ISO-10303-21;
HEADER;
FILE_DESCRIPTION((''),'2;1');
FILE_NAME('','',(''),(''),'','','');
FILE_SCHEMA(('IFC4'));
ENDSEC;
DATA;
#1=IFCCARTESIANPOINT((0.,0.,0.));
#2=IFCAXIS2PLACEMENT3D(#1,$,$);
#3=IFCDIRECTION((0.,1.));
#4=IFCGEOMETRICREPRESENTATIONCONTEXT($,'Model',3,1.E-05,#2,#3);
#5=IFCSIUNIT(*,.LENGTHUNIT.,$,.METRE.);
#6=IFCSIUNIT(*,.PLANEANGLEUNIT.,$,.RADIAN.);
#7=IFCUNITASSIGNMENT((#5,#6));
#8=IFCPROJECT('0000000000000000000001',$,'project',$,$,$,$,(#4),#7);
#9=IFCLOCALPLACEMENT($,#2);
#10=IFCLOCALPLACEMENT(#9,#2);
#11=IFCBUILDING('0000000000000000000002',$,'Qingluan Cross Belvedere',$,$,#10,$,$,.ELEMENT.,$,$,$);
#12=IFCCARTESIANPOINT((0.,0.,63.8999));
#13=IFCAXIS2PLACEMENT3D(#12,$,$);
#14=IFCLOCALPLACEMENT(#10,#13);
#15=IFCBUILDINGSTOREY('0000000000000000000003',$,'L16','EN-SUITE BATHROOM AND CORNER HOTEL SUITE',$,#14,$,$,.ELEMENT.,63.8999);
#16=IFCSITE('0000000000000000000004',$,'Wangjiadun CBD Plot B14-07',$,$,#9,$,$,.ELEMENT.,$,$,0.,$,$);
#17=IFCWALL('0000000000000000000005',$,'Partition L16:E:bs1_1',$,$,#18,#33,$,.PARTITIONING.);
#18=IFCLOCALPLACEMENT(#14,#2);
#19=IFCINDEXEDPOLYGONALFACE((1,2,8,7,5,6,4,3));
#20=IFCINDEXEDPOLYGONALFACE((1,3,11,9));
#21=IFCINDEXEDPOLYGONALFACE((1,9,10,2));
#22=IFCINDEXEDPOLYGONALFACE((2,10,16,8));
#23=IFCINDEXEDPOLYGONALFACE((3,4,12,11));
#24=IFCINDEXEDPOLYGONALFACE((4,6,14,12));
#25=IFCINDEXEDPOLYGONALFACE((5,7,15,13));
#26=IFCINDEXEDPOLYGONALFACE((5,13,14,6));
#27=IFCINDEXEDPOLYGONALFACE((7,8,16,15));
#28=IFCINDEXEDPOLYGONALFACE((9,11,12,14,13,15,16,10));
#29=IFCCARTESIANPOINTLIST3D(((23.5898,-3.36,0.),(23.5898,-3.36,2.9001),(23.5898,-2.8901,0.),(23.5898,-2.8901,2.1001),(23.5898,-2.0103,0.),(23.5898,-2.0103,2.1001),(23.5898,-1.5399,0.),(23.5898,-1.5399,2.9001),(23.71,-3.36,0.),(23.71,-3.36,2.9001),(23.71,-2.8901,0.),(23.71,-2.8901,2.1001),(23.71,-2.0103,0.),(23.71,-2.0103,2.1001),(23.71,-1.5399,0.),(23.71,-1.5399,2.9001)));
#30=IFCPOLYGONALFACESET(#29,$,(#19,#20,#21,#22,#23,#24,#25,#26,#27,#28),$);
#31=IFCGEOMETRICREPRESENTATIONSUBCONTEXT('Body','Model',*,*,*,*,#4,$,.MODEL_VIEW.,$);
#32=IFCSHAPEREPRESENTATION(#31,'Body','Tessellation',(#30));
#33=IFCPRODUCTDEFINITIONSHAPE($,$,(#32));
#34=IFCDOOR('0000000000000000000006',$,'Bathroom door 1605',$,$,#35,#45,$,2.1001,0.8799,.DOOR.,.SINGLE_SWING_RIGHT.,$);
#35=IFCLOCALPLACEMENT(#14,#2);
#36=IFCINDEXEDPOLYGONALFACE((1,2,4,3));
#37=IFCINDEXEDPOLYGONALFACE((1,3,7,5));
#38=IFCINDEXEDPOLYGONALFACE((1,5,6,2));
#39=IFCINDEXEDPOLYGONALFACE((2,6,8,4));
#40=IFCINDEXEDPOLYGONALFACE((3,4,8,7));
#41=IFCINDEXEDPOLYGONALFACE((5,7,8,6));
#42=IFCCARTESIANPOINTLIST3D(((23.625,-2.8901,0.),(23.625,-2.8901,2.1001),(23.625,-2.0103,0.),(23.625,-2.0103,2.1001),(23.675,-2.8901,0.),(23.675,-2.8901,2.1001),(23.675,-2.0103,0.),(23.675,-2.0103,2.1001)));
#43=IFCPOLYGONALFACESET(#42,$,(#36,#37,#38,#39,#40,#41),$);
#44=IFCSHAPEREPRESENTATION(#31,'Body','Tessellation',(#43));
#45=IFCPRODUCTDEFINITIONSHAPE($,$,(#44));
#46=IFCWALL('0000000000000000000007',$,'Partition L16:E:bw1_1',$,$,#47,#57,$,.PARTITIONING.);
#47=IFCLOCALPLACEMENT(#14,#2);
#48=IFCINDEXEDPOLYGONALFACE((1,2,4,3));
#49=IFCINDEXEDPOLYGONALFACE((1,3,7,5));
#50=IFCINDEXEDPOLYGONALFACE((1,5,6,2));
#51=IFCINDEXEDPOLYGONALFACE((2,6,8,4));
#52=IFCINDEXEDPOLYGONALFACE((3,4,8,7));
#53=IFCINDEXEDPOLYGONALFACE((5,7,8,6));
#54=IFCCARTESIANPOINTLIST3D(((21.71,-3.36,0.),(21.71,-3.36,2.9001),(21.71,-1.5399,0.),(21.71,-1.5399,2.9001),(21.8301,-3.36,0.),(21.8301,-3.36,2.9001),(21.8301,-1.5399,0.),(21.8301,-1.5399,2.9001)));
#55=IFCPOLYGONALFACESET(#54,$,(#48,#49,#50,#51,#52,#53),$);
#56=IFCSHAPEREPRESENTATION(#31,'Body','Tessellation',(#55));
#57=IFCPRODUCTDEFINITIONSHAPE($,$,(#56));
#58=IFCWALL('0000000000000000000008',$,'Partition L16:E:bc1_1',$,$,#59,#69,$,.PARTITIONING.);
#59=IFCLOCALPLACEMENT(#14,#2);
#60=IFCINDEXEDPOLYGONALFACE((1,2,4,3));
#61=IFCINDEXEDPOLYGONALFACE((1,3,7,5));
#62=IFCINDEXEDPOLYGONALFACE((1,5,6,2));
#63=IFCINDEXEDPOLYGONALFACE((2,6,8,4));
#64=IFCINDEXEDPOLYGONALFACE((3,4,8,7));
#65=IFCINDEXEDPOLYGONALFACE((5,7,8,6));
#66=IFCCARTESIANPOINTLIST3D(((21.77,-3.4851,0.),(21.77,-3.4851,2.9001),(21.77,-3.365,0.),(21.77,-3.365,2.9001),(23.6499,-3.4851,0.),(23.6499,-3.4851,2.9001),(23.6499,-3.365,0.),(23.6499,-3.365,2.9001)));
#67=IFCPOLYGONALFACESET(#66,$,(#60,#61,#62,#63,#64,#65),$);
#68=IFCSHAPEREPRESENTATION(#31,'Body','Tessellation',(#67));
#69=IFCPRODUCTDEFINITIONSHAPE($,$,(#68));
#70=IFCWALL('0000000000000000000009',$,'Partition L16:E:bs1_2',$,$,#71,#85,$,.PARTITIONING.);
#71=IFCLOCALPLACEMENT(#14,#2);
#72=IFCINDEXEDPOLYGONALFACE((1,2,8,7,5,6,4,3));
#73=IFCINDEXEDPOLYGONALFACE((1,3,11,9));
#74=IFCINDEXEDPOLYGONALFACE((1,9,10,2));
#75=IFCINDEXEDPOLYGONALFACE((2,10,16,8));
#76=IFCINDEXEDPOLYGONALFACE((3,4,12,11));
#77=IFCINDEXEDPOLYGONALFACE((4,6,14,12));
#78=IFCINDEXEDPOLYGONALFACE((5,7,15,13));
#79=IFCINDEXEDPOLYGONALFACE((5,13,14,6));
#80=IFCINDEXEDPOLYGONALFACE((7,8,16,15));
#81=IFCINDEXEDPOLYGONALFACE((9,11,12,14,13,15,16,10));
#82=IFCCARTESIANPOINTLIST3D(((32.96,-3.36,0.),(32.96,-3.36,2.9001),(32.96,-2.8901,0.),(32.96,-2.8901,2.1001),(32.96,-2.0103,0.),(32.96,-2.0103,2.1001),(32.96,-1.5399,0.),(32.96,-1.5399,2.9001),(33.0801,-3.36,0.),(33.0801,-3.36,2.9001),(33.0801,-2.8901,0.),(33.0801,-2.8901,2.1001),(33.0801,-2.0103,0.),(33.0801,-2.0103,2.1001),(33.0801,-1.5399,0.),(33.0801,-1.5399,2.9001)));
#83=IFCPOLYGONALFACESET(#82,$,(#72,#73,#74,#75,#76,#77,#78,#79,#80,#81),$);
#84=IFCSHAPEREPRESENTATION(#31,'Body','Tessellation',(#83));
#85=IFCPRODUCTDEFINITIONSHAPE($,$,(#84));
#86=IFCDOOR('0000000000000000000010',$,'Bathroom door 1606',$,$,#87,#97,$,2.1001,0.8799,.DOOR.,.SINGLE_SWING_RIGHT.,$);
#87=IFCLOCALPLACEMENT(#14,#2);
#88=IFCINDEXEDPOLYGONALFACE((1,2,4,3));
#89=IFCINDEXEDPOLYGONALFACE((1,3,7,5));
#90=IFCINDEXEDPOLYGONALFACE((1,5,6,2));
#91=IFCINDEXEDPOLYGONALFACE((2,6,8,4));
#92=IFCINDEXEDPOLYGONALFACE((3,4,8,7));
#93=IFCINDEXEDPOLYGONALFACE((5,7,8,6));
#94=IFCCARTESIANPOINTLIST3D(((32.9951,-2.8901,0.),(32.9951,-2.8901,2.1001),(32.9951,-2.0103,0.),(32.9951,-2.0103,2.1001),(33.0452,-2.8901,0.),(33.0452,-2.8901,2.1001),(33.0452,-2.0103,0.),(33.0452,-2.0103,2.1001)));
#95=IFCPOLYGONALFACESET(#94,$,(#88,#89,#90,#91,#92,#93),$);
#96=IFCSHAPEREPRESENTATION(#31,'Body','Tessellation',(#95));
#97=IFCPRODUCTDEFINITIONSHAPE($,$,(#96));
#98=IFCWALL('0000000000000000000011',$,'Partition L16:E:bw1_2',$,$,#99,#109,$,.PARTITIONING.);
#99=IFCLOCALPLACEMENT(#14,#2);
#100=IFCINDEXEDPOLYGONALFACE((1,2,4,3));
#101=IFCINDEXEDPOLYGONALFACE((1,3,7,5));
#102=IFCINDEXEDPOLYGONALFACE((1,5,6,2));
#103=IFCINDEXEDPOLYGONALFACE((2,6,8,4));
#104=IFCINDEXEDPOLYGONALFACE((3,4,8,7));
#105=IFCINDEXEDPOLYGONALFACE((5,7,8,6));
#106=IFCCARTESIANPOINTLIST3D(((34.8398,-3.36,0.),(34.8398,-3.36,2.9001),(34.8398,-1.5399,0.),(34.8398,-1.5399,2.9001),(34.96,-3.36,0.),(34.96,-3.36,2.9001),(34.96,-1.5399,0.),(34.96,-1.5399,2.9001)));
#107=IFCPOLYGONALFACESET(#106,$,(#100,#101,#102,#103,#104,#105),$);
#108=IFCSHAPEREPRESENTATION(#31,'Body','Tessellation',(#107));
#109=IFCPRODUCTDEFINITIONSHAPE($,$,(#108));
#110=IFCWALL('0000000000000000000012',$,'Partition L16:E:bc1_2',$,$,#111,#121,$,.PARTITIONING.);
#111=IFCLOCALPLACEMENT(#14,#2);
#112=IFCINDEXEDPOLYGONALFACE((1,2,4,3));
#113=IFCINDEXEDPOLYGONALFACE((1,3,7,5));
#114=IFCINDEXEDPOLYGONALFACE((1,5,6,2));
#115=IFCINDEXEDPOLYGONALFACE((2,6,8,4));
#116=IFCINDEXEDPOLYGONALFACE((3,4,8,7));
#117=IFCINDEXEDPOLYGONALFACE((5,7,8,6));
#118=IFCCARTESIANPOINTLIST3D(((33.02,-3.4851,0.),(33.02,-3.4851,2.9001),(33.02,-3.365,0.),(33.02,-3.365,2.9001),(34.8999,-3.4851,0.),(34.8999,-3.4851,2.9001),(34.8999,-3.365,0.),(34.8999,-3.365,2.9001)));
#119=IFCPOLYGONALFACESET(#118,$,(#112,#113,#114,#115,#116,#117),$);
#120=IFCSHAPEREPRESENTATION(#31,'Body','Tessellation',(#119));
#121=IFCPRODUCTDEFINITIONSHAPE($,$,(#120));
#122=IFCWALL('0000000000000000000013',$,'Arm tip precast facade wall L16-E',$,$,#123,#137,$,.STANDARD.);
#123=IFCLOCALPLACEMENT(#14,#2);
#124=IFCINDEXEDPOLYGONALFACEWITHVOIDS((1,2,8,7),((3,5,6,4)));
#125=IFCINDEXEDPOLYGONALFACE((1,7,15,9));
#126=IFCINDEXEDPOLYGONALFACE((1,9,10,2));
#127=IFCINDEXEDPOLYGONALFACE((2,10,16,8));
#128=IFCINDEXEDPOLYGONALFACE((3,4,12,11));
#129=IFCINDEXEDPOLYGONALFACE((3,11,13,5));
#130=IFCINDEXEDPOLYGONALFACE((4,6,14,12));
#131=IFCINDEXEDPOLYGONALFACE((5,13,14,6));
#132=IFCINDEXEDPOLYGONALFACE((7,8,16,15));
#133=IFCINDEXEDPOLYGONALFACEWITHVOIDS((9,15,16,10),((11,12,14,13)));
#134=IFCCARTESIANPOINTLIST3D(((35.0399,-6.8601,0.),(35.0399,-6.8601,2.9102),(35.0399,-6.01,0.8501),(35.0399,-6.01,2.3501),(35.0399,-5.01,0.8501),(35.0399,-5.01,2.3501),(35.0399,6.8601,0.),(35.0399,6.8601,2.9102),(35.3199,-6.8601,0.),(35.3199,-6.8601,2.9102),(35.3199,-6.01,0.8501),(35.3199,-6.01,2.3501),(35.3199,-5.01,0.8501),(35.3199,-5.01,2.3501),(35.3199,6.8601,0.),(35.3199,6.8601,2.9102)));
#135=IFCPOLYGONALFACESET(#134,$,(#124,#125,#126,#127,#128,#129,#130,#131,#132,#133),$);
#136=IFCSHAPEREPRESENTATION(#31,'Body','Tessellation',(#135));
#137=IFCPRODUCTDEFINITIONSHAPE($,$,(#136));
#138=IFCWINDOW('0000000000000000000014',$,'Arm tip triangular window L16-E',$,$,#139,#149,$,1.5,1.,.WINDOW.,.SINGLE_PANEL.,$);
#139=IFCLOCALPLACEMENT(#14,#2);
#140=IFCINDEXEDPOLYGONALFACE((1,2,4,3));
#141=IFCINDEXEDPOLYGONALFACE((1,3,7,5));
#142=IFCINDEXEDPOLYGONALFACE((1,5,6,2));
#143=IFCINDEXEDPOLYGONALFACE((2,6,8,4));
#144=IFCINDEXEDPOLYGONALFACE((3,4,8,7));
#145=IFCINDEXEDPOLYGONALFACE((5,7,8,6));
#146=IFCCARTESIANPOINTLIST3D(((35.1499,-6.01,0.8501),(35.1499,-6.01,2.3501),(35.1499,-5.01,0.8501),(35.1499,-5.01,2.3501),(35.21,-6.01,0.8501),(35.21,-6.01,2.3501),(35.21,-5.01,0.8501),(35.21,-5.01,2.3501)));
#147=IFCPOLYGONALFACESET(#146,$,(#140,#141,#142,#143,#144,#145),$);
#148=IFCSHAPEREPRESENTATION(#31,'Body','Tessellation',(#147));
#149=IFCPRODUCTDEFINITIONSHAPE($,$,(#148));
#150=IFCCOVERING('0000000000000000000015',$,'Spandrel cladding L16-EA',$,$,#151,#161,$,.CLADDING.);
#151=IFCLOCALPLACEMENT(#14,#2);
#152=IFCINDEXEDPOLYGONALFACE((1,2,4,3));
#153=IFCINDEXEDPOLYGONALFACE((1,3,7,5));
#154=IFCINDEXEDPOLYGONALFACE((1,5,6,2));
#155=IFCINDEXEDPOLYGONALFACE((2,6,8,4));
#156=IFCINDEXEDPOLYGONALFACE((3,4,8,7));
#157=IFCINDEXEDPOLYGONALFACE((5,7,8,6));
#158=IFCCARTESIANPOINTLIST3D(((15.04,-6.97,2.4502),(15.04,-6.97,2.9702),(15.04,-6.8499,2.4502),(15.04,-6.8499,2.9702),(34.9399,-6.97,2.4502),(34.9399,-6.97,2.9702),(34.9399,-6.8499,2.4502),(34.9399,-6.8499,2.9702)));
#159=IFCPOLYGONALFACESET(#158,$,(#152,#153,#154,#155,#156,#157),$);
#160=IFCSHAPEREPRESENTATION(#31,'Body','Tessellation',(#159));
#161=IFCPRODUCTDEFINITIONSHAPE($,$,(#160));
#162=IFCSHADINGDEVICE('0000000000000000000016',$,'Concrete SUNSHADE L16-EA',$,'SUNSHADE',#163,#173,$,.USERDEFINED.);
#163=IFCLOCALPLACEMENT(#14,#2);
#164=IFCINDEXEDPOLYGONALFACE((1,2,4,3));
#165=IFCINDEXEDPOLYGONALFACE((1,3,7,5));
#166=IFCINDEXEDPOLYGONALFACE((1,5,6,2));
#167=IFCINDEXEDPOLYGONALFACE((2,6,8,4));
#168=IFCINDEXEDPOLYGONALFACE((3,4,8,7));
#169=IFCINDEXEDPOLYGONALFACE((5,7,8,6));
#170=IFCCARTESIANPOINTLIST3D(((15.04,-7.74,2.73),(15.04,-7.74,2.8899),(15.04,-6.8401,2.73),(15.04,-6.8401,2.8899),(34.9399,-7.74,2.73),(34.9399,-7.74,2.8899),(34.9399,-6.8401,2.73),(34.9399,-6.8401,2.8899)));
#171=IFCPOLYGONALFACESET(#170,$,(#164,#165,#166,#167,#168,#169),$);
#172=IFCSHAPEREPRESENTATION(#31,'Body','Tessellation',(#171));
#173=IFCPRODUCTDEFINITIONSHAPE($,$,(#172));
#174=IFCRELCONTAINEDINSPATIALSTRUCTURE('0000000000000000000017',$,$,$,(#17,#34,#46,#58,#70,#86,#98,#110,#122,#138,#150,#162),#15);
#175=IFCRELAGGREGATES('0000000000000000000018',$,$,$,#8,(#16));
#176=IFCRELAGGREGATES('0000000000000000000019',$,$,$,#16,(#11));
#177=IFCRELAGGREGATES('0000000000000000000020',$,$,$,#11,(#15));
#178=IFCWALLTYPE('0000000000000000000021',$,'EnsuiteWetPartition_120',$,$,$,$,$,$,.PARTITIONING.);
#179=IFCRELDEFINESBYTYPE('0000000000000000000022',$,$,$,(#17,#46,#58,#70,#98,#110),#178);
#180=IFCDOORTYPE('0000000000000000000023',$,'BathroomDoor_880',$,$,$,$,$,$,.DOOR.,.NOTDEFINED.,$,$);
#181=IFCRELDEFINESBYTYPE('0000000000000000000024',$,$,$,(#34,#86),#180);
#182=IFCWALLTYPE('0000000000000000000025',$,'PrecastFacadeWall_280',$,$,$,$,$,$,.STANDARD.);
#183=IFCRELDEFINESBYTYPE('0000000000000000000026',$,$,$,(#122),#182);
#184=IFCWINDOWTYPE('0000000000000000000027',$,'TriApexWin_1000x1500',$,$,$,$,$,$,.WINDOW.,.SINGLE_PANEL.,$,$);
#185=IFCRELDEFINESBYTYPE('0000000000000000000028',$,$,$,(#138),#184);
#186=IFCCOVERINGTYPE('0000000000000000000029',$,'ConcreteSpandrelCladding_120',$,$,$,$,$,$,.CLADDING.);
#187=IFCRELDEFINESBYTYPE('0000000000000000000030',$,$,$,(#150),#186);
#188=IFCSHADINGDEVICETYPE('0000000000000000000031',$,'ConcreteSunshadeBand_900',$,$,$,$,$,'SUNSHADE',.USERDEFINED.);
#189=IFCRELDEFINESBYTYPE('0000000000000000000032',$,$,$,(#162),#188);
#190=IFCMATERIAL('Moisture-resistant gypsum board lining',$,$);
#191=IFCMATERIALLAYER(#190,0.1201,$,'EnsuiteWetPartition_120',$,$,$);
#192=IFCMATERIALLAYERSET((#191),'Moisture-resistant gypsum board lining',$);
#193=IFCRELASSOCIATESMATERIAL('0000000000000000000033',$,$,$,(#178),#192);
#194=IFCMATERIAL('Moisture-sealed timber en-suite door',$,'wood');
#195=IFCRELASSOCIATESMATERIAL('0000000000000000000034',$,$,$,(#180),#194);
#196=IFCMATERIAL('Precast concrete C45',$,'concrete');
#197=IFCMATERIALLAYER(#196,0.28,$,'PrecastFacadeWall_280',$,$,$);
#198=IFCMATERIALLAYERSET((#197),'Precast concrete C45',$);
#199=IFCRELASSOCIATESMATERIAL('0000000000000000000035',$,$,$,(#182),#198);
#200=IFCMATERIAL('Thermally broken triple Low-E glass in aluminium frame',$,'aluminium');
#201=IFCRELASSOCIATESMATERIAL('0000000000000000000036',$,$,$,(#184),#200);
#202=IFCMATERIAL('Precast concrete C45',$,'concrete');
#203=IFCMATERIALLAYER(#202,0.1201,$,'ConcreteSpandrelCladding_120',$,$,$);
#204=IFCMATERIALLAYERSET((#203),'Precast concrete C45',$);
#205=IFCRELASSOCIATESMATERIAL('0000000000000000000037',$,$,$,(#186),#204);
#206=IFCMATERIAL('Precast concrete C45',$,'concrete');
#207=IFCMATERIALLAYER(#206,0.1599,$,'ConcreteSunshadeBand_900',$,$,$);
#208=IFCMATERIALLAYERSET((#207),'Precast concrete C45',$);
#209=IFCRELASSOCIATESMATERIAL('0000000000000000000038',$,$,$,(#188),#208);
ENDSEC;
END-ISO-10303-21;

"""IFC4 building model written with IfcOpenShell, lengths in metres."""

from ifc_helpers import new_model, si_unit, direction, frame, frame_2d, origin, origin_2d, place, context, subcontext, project, spatial, rectangle, extrude, material, layer, layer_set, type_object, element, fill, save


model = new_model("IFC4")

# Units and contexts
model_context = context("Model", 3, precision=1e-05, world=origin(), true_north=direction((0.0, 1.0)))
body_context = subcontext(model_context, "Body", "Model", "MODEL_VIEW")
ifc_project = project(units=[si_unit("LENGTHUNIT", "METRE"), si_unit("PLANEANGLEUNIT", "RADIAN")], contexts=[model_context])

# Site, building, storey
site_placement = place(None, origin())
site = spatial("IfcSite", under=ifc_project, at=site_placement, Name="Wangjiadun CBD Plot B14-07", CompositionType="ELEMENT", RefElevation=0.0)
building_placement = place(site_placement, origin())
building = spatial("IfcBuilding", under=site, at=building_placement, Name="Qingluan Cross Belvedere", CompositionType="ELEMENT")
storey_placement = place(building_placement, frame((0.0, 0.0, 63.8999)))
storey = spatial("IfcBuildingStorey", under=building, at=storey_placement, Name="L16", Description="EN-SUITE BATHROOM AND CORNER HOTEL SUITE", CompositionType="ELEMENT", Elevation=63.8999)

# Wall, opening, door
ifc_material_1 = material(Name="Moisture-resistant gypsum board lining")
ifc_layer_1 = layer(ifc_material_1, 0.1201, Name="EnsuiteWetPartition_120")
ifc_layer_set_1 = layer_set([ifc_layer_1], Name="Moisture-resistant gypsum board lining")
wall_type_1 = type_object("IfcWallType", Name="EnsuiteWetPartition_120", PredefinedType="PARTITIONING", material=ifc_layer_set_1)
ifc_material_2 = material(Name="Moisture-sealed timber en-suite door", Category="wood")
door_type = type_object("IfcDoorType", Name="BathroomDoor_880", OperationType="NOTDEFINED", PredefinedType="DOOR", material=ifc_material_2)
wall_1_placement = place(storey_placement, frame((23.6499, -3.3601, 0.0), z_axis=(0.0, 0.0, 1.0), x_axis=(0.0, 1.0, 0.0)))
wall_1 = element("IfcWall", 1, at=wall_1_placement, inside=storey, type_object=wall_type_1, Name="Partition L16:E:bs1_1", PredefinedType="PARTITIONING", context=body_context, shape_type="SweptSolid", body=[
    extrude(rectangle(XDim=1.8201, YDim=0.1201, at=frame_2d((0.9102, 0.0))), origin(), (0.0, 0.0, 1.0), 2.9001),
])
opening_1_placement = place(wall_1_placement, frame((0.47, 0.0, 0.0)))
opening_1 = element("IfcOpeningElement", 2, at=opening_1_placement, cuts=wall_1, PredefinedType="OPENING", context=body_context, shape_type="SweptSolid", body=[
    extrude(rectangle(XDim=0.8799, YDim=2.1001, at=frame_2d((0.4399, 1.05))), frame((0.0, 0.0701, 0.0), z_axis=(0.0, -1.0, 0.0), x_axis=(1.0, 0.0, 0.0)), (0.0, 0.0, 1.0), 0.1401),
])
door_1_placement = place(opening_1_placement, origin())
door_1 = element("IfcDoor", 3, at=door_1_placement, inside=storey, type_object=door_type, Name="Bathroom door 1605", OperationType="SINGLE_SWING_RIGHT", OverallHeight=2.1001, OverallWidth=0.8799, PredefinedType="DOOR", context=body_context, shape_type="SweptSolid", body=[
    extrude(rectangle(XDim=0.8799, YDim=2.1001, at=frame_2d((0.4399, 1.05))), frame((0.0, 0.0249, 0.0), z_axis=(0.0, -1.0, 0.0), x_axis=(1.0, 0.0, 0.0)), (0.0, 0.0, 1.0), 0.05),
])
fill(opening_1, door_1)

# Walls
wall_2_placement = place(storey_placement, frame((21.77, -3.3601, 0.0), z_axis=(0.0, 0.0, 1.0), x_axis=(0.0, 1.0, 0.0)))
element("IfcWall", 4, at=wall_2_placement, inside=storey, type_object=wall_type_1, Name="Partition L16:E:bw1_1", PredefinedType="PARTITIONING", context=body_context, shape_type="SweptSolid", body=[
    extrude(rectangle(XDim=1.8201, YDim=0.1201, at=frame_2d((0.9102, 0.0))), origin(), (0.0, 0.0, 1.0), 2.9001),
])
wall_3_placement = place(storey_placement, frame((21.77, -3.425, 0.0), z_axis=(0.0, 0.0, 1.0), x_axis=(1.0, 0.0, 0.0)))
element("IfcWall", 5, at=wall_3_placement, inside=storey, type_object=wall_type_1, Name="Partition L16:E:bc1_1", PredefinedType="PARTITIONING", context=body_context, shape_type="SweptSolid", body=[
    extrude(rectangle(XDim=1.8799, YDim=0.1201, at=frame_2d((0.9399, 0.0))), origin(), (0.0, 0.0, 1.0), 2.9001),
])

# Wall, opening, door
wall_4_placement = place(storey_placement, frame((33.02, -3.3601, 0.0), z_axis=(0.0, 0.0, 1.0), x_axis=(0.0, 1.0, 0.0)))
wall_4 = element("IfcWall", 6, at=wall_4_placement, inside=storey, type_object=wall_type_1, Name="Partition L16:E:bs1_2", PredefinedType="PARTITIONING", context=body_context, shape_type="SweptSolid", body=[
    extrude(rectangle(XDim=1.8201, YDim=0.1201, at=frame_2d((0.9102, 0.0))), origin(), (0.0, 0.0, 1.0), 2.9001),
])
opening_2_placement = place(wall_4_placement, frame((0.47, 0.0, 0.0)))
opening_2 = element("IfcOpeningElement", 7, at=opening_2_placement, cuts=wall_4, PredefinedType="OPENING", context=body_context, shape_type="SweptSolid", body=[
    extrude(rectangle(XDim=0.8799, YDim=2.1001, at=frame_2d((0.4399, 1.05))), frame((0.0, 0.0701, 0.0), z_axis=(0.0, -1.0, 0.0), x_axis=(1.0, 0.0, 0.0)), (0.0, 0.0, 1.0), 0.1401),
])
door_2_placement = place(opening_2_placement, origin())
door_2 = element("IfcDoor", 8, at=door_2_placement, inside=storey, type_object=door_type, Name="Bathroom door 1606", OperationType="SINGLE_SWING_RIGHT", OverallHeight=2.1001, OverallWidth=0.8799, PredefinedType="DOOR", context=body_context, shape_type="SweptSolid", body=[
    extrude(rectangle(XDim=0.8799, YDim=2.1001, at=frame_2d((0.4399, 1.05))), frame((0.0, 0.0249, 0.0), z_axis=(0.0, -1.0, 0.0), x_axis=(1.0, 0.0, 0.0)), (0.0, 0.0, 1.0), 0.05),
])
fill(opening_2, door_2)

# Walls
wall_5_placement = place(storey_placement, frame((34.8999, -3.3601, 0.0), z_axis=(0.0, 0.0, 1.0), x_axis=(0.0, 1.0, 0.0)))
element("IfcWall", 9, at=wall_5_placement, inside=storey, type_object=wall_type_1, Name="Partition L16:E:bw1_2", PredefinedType="PARTITIONING", context=body_context, shape_type="SweptSolid", body=[
    extrude(rectangle(XDim=1.8201, YDim=0.1201, at=frame_2d((0.9102, 0.0))), origin(), (0.0, 0.0, 1.0), 2.9001),
])
wall_6_placement = place(storey_placement, frame((33.02, -3.425, 0.0), z_axis=(0.0, 0.0, 1.0), x_axis=(1.0, 0.0, 0.0)))
element("IfcWall", 10, at=wall_6_placement, inside=storey, type_object=wall_type_1, Name="Partition L16:E:bc1_2", PredefinedType="PARTITIONING", context=body_context, shape_type="SweptSolid", body=[
    extrude(rectangle(XDim=1.8799, YDim=0.1201, at=frame_2d((0.9399, 0.0))), origin(), (0.0, 0.0, 1.0), 2.9001),
])

# Wall, opening, window
ifc_material_3 = material(Name="Precast concrete C45", Category="concrete")
ifc_layer_2 = layer(ifc_material_3, 0.28, Name="PrecastFacadeWall_280")
ifc_layer_set_2 = layer_set([ifc_layer_2], Name="Precast concrete C45")
wall_type_2 = type_object("IfcWallType", Name="PrecastFacadeWall_280", PredefinedType="STANDARD", material=ifc_layer_set_2)
wall_7_placement = place(storey_placement, frame((35.1799, -6.8601, 0.0), z_axis=(0.0, 0.0, 1.0), x_axis=(0.0, 1.0, 0.0)))
wall_7 = element("IfcWall", 11, at=wall_7_placement, inside=storey, type_object=wall_type_2, Name="Arm tip precast facade wall L16-E", PredefinedType="STANDARD", context=body_context, shape_type="SweptSolid", body=[
    extrude(rectangle(XDim=13.7202, YDim=0.28, at=frame_2d((6.8601, 0.0))), origin(), (0.0, 0.0, 1.0), 2.9102),
])
opening_3_placement = place(wall_7_placement, frame((0.8501, 0.0, 0.8501)))
opening_3 = element("IfcOpeningElement", 12, at=opening_3_placement, cuts=wall_7, PredefinedType="OPENING", context=body_context, shape_type="SweptSolid", body=[
    extrude(rectangle(XDim=1.0, YDim=1.5, at=frame_2d((0.5, 0.75))), frame((0.0, 0.1499, 0.0), z_axis=(0.0, -1.0, 0.0), x_axis=(1.0, 0.0, 0.0)), (0.0, 0.0, 1.0), 0.3),
])
ifc_material_4 = material(Name="Thermally broken triple Low-E glass in aluminium frame", Category="aluminium")
window_type = type_object("IfcWindowType", Name="TriApexWin_1000x1500", PartitioningType="SINGLE_PANEL", PredefinedType="WINDOW", material=ifc_material_4)
window_placement = place(opening_3_placement, origin())
window = element("IfcWindow", 13, at=window_placement, inside=storey, type_object=window_type, Name="Arm tip triangular window L16-E", OverallHeight=1.5, OverallWidth=1.0, PartitioningType="SINGLE_PANEL", PredefinedType="WINDOW", context=body_context, shape_type="SweptSolid", body=[
    extrude(rectangle(XDim=1.0, YDim=1.5, at=frame_2d((0.5, 0.75))), frame((0.0, 0.03, 0.0), z_axis=(0.0, -1.0, 0.0), x_axis=(1.0, 0.0, 0.0)), (0.0, 0.0, 1.0), 0.0601),
])
fill(opening_3, window)

# Covering
ifc_material_5 = material(Name="Precast concrete C45", Category="concrete")
ifc_layer_3 = layer(ifc_material_5, 0.1201, Name="ConcreteSpandrelCladding_120")
ifc_layer_set_3 = layer_set([ifc_layer_3], Name="Precast concrete C45")
covering_type = type_object("IfcCoveringType", Name="ConcreteSpandrelCladding_120", PredefinedType="CLADDING", material=ifc_layer_set_3)
covering_placement = place(storey_placement, frame((24.99, -6.9099, 2.4502), z_axis=(0.0, 0.0, 1.0), x_axis=(1.0, 0.0, 0.0)))
element("IfcCovering", 14, at=covering_placement, inside=storey, type_object=covering_type, Name="Spandrel cladding L16-EA", PredefinedType="CLADDING", context=body_context, shape_type="SweptSolid", body=[
    extrude(rectangle(XDim=19.8999, YDim=0.1201, at=origin_2d()), origin(), (0.0, 0.0, 1.0), 0.52),
])

# Shading device
ifc_material_6 = material(Name="Precast concrete C45", Category="concrete")
ifc_layer_4 = layer(ifc_material_6, 0.1599, Name="ConcreteSunshadeBand_900")
ifc_layer_set_4 = layer_set([ifc_layer_4], Name="Precast concrete C45")
shading_device_type = type_object("IfcShadingDeviceType", Name="ConcreteSunshadeBand_900", ElementType="SUNSHADE", PredefinedType="USERDEFINED", material=ifc_layer_set_4)
shading_device_placement = place(storey_placement, frame((24.99, -7.29, 2.73), z_axis=(0.0, 0.0, 1.0), x_axis=(1.0, 0.0, 0.0)))
element("IfcShadingDevice", 15, at=shading_device_placement, inside=storey, type_object=shading_device_type, Name="Concrete SUNSHADE L16-EA", ObjectType="SUNSHADE", PredefinedType="USERDEFINED", context=body_context, shape_type="SweptSolid", body=[
    extrude(rectangle(XDim=19.8999, YDim=0.8999, at=origin_2d()), origin(), (0.0, 0.0, 1.0), 0.1599),
])

save(model, "model.ifc")
